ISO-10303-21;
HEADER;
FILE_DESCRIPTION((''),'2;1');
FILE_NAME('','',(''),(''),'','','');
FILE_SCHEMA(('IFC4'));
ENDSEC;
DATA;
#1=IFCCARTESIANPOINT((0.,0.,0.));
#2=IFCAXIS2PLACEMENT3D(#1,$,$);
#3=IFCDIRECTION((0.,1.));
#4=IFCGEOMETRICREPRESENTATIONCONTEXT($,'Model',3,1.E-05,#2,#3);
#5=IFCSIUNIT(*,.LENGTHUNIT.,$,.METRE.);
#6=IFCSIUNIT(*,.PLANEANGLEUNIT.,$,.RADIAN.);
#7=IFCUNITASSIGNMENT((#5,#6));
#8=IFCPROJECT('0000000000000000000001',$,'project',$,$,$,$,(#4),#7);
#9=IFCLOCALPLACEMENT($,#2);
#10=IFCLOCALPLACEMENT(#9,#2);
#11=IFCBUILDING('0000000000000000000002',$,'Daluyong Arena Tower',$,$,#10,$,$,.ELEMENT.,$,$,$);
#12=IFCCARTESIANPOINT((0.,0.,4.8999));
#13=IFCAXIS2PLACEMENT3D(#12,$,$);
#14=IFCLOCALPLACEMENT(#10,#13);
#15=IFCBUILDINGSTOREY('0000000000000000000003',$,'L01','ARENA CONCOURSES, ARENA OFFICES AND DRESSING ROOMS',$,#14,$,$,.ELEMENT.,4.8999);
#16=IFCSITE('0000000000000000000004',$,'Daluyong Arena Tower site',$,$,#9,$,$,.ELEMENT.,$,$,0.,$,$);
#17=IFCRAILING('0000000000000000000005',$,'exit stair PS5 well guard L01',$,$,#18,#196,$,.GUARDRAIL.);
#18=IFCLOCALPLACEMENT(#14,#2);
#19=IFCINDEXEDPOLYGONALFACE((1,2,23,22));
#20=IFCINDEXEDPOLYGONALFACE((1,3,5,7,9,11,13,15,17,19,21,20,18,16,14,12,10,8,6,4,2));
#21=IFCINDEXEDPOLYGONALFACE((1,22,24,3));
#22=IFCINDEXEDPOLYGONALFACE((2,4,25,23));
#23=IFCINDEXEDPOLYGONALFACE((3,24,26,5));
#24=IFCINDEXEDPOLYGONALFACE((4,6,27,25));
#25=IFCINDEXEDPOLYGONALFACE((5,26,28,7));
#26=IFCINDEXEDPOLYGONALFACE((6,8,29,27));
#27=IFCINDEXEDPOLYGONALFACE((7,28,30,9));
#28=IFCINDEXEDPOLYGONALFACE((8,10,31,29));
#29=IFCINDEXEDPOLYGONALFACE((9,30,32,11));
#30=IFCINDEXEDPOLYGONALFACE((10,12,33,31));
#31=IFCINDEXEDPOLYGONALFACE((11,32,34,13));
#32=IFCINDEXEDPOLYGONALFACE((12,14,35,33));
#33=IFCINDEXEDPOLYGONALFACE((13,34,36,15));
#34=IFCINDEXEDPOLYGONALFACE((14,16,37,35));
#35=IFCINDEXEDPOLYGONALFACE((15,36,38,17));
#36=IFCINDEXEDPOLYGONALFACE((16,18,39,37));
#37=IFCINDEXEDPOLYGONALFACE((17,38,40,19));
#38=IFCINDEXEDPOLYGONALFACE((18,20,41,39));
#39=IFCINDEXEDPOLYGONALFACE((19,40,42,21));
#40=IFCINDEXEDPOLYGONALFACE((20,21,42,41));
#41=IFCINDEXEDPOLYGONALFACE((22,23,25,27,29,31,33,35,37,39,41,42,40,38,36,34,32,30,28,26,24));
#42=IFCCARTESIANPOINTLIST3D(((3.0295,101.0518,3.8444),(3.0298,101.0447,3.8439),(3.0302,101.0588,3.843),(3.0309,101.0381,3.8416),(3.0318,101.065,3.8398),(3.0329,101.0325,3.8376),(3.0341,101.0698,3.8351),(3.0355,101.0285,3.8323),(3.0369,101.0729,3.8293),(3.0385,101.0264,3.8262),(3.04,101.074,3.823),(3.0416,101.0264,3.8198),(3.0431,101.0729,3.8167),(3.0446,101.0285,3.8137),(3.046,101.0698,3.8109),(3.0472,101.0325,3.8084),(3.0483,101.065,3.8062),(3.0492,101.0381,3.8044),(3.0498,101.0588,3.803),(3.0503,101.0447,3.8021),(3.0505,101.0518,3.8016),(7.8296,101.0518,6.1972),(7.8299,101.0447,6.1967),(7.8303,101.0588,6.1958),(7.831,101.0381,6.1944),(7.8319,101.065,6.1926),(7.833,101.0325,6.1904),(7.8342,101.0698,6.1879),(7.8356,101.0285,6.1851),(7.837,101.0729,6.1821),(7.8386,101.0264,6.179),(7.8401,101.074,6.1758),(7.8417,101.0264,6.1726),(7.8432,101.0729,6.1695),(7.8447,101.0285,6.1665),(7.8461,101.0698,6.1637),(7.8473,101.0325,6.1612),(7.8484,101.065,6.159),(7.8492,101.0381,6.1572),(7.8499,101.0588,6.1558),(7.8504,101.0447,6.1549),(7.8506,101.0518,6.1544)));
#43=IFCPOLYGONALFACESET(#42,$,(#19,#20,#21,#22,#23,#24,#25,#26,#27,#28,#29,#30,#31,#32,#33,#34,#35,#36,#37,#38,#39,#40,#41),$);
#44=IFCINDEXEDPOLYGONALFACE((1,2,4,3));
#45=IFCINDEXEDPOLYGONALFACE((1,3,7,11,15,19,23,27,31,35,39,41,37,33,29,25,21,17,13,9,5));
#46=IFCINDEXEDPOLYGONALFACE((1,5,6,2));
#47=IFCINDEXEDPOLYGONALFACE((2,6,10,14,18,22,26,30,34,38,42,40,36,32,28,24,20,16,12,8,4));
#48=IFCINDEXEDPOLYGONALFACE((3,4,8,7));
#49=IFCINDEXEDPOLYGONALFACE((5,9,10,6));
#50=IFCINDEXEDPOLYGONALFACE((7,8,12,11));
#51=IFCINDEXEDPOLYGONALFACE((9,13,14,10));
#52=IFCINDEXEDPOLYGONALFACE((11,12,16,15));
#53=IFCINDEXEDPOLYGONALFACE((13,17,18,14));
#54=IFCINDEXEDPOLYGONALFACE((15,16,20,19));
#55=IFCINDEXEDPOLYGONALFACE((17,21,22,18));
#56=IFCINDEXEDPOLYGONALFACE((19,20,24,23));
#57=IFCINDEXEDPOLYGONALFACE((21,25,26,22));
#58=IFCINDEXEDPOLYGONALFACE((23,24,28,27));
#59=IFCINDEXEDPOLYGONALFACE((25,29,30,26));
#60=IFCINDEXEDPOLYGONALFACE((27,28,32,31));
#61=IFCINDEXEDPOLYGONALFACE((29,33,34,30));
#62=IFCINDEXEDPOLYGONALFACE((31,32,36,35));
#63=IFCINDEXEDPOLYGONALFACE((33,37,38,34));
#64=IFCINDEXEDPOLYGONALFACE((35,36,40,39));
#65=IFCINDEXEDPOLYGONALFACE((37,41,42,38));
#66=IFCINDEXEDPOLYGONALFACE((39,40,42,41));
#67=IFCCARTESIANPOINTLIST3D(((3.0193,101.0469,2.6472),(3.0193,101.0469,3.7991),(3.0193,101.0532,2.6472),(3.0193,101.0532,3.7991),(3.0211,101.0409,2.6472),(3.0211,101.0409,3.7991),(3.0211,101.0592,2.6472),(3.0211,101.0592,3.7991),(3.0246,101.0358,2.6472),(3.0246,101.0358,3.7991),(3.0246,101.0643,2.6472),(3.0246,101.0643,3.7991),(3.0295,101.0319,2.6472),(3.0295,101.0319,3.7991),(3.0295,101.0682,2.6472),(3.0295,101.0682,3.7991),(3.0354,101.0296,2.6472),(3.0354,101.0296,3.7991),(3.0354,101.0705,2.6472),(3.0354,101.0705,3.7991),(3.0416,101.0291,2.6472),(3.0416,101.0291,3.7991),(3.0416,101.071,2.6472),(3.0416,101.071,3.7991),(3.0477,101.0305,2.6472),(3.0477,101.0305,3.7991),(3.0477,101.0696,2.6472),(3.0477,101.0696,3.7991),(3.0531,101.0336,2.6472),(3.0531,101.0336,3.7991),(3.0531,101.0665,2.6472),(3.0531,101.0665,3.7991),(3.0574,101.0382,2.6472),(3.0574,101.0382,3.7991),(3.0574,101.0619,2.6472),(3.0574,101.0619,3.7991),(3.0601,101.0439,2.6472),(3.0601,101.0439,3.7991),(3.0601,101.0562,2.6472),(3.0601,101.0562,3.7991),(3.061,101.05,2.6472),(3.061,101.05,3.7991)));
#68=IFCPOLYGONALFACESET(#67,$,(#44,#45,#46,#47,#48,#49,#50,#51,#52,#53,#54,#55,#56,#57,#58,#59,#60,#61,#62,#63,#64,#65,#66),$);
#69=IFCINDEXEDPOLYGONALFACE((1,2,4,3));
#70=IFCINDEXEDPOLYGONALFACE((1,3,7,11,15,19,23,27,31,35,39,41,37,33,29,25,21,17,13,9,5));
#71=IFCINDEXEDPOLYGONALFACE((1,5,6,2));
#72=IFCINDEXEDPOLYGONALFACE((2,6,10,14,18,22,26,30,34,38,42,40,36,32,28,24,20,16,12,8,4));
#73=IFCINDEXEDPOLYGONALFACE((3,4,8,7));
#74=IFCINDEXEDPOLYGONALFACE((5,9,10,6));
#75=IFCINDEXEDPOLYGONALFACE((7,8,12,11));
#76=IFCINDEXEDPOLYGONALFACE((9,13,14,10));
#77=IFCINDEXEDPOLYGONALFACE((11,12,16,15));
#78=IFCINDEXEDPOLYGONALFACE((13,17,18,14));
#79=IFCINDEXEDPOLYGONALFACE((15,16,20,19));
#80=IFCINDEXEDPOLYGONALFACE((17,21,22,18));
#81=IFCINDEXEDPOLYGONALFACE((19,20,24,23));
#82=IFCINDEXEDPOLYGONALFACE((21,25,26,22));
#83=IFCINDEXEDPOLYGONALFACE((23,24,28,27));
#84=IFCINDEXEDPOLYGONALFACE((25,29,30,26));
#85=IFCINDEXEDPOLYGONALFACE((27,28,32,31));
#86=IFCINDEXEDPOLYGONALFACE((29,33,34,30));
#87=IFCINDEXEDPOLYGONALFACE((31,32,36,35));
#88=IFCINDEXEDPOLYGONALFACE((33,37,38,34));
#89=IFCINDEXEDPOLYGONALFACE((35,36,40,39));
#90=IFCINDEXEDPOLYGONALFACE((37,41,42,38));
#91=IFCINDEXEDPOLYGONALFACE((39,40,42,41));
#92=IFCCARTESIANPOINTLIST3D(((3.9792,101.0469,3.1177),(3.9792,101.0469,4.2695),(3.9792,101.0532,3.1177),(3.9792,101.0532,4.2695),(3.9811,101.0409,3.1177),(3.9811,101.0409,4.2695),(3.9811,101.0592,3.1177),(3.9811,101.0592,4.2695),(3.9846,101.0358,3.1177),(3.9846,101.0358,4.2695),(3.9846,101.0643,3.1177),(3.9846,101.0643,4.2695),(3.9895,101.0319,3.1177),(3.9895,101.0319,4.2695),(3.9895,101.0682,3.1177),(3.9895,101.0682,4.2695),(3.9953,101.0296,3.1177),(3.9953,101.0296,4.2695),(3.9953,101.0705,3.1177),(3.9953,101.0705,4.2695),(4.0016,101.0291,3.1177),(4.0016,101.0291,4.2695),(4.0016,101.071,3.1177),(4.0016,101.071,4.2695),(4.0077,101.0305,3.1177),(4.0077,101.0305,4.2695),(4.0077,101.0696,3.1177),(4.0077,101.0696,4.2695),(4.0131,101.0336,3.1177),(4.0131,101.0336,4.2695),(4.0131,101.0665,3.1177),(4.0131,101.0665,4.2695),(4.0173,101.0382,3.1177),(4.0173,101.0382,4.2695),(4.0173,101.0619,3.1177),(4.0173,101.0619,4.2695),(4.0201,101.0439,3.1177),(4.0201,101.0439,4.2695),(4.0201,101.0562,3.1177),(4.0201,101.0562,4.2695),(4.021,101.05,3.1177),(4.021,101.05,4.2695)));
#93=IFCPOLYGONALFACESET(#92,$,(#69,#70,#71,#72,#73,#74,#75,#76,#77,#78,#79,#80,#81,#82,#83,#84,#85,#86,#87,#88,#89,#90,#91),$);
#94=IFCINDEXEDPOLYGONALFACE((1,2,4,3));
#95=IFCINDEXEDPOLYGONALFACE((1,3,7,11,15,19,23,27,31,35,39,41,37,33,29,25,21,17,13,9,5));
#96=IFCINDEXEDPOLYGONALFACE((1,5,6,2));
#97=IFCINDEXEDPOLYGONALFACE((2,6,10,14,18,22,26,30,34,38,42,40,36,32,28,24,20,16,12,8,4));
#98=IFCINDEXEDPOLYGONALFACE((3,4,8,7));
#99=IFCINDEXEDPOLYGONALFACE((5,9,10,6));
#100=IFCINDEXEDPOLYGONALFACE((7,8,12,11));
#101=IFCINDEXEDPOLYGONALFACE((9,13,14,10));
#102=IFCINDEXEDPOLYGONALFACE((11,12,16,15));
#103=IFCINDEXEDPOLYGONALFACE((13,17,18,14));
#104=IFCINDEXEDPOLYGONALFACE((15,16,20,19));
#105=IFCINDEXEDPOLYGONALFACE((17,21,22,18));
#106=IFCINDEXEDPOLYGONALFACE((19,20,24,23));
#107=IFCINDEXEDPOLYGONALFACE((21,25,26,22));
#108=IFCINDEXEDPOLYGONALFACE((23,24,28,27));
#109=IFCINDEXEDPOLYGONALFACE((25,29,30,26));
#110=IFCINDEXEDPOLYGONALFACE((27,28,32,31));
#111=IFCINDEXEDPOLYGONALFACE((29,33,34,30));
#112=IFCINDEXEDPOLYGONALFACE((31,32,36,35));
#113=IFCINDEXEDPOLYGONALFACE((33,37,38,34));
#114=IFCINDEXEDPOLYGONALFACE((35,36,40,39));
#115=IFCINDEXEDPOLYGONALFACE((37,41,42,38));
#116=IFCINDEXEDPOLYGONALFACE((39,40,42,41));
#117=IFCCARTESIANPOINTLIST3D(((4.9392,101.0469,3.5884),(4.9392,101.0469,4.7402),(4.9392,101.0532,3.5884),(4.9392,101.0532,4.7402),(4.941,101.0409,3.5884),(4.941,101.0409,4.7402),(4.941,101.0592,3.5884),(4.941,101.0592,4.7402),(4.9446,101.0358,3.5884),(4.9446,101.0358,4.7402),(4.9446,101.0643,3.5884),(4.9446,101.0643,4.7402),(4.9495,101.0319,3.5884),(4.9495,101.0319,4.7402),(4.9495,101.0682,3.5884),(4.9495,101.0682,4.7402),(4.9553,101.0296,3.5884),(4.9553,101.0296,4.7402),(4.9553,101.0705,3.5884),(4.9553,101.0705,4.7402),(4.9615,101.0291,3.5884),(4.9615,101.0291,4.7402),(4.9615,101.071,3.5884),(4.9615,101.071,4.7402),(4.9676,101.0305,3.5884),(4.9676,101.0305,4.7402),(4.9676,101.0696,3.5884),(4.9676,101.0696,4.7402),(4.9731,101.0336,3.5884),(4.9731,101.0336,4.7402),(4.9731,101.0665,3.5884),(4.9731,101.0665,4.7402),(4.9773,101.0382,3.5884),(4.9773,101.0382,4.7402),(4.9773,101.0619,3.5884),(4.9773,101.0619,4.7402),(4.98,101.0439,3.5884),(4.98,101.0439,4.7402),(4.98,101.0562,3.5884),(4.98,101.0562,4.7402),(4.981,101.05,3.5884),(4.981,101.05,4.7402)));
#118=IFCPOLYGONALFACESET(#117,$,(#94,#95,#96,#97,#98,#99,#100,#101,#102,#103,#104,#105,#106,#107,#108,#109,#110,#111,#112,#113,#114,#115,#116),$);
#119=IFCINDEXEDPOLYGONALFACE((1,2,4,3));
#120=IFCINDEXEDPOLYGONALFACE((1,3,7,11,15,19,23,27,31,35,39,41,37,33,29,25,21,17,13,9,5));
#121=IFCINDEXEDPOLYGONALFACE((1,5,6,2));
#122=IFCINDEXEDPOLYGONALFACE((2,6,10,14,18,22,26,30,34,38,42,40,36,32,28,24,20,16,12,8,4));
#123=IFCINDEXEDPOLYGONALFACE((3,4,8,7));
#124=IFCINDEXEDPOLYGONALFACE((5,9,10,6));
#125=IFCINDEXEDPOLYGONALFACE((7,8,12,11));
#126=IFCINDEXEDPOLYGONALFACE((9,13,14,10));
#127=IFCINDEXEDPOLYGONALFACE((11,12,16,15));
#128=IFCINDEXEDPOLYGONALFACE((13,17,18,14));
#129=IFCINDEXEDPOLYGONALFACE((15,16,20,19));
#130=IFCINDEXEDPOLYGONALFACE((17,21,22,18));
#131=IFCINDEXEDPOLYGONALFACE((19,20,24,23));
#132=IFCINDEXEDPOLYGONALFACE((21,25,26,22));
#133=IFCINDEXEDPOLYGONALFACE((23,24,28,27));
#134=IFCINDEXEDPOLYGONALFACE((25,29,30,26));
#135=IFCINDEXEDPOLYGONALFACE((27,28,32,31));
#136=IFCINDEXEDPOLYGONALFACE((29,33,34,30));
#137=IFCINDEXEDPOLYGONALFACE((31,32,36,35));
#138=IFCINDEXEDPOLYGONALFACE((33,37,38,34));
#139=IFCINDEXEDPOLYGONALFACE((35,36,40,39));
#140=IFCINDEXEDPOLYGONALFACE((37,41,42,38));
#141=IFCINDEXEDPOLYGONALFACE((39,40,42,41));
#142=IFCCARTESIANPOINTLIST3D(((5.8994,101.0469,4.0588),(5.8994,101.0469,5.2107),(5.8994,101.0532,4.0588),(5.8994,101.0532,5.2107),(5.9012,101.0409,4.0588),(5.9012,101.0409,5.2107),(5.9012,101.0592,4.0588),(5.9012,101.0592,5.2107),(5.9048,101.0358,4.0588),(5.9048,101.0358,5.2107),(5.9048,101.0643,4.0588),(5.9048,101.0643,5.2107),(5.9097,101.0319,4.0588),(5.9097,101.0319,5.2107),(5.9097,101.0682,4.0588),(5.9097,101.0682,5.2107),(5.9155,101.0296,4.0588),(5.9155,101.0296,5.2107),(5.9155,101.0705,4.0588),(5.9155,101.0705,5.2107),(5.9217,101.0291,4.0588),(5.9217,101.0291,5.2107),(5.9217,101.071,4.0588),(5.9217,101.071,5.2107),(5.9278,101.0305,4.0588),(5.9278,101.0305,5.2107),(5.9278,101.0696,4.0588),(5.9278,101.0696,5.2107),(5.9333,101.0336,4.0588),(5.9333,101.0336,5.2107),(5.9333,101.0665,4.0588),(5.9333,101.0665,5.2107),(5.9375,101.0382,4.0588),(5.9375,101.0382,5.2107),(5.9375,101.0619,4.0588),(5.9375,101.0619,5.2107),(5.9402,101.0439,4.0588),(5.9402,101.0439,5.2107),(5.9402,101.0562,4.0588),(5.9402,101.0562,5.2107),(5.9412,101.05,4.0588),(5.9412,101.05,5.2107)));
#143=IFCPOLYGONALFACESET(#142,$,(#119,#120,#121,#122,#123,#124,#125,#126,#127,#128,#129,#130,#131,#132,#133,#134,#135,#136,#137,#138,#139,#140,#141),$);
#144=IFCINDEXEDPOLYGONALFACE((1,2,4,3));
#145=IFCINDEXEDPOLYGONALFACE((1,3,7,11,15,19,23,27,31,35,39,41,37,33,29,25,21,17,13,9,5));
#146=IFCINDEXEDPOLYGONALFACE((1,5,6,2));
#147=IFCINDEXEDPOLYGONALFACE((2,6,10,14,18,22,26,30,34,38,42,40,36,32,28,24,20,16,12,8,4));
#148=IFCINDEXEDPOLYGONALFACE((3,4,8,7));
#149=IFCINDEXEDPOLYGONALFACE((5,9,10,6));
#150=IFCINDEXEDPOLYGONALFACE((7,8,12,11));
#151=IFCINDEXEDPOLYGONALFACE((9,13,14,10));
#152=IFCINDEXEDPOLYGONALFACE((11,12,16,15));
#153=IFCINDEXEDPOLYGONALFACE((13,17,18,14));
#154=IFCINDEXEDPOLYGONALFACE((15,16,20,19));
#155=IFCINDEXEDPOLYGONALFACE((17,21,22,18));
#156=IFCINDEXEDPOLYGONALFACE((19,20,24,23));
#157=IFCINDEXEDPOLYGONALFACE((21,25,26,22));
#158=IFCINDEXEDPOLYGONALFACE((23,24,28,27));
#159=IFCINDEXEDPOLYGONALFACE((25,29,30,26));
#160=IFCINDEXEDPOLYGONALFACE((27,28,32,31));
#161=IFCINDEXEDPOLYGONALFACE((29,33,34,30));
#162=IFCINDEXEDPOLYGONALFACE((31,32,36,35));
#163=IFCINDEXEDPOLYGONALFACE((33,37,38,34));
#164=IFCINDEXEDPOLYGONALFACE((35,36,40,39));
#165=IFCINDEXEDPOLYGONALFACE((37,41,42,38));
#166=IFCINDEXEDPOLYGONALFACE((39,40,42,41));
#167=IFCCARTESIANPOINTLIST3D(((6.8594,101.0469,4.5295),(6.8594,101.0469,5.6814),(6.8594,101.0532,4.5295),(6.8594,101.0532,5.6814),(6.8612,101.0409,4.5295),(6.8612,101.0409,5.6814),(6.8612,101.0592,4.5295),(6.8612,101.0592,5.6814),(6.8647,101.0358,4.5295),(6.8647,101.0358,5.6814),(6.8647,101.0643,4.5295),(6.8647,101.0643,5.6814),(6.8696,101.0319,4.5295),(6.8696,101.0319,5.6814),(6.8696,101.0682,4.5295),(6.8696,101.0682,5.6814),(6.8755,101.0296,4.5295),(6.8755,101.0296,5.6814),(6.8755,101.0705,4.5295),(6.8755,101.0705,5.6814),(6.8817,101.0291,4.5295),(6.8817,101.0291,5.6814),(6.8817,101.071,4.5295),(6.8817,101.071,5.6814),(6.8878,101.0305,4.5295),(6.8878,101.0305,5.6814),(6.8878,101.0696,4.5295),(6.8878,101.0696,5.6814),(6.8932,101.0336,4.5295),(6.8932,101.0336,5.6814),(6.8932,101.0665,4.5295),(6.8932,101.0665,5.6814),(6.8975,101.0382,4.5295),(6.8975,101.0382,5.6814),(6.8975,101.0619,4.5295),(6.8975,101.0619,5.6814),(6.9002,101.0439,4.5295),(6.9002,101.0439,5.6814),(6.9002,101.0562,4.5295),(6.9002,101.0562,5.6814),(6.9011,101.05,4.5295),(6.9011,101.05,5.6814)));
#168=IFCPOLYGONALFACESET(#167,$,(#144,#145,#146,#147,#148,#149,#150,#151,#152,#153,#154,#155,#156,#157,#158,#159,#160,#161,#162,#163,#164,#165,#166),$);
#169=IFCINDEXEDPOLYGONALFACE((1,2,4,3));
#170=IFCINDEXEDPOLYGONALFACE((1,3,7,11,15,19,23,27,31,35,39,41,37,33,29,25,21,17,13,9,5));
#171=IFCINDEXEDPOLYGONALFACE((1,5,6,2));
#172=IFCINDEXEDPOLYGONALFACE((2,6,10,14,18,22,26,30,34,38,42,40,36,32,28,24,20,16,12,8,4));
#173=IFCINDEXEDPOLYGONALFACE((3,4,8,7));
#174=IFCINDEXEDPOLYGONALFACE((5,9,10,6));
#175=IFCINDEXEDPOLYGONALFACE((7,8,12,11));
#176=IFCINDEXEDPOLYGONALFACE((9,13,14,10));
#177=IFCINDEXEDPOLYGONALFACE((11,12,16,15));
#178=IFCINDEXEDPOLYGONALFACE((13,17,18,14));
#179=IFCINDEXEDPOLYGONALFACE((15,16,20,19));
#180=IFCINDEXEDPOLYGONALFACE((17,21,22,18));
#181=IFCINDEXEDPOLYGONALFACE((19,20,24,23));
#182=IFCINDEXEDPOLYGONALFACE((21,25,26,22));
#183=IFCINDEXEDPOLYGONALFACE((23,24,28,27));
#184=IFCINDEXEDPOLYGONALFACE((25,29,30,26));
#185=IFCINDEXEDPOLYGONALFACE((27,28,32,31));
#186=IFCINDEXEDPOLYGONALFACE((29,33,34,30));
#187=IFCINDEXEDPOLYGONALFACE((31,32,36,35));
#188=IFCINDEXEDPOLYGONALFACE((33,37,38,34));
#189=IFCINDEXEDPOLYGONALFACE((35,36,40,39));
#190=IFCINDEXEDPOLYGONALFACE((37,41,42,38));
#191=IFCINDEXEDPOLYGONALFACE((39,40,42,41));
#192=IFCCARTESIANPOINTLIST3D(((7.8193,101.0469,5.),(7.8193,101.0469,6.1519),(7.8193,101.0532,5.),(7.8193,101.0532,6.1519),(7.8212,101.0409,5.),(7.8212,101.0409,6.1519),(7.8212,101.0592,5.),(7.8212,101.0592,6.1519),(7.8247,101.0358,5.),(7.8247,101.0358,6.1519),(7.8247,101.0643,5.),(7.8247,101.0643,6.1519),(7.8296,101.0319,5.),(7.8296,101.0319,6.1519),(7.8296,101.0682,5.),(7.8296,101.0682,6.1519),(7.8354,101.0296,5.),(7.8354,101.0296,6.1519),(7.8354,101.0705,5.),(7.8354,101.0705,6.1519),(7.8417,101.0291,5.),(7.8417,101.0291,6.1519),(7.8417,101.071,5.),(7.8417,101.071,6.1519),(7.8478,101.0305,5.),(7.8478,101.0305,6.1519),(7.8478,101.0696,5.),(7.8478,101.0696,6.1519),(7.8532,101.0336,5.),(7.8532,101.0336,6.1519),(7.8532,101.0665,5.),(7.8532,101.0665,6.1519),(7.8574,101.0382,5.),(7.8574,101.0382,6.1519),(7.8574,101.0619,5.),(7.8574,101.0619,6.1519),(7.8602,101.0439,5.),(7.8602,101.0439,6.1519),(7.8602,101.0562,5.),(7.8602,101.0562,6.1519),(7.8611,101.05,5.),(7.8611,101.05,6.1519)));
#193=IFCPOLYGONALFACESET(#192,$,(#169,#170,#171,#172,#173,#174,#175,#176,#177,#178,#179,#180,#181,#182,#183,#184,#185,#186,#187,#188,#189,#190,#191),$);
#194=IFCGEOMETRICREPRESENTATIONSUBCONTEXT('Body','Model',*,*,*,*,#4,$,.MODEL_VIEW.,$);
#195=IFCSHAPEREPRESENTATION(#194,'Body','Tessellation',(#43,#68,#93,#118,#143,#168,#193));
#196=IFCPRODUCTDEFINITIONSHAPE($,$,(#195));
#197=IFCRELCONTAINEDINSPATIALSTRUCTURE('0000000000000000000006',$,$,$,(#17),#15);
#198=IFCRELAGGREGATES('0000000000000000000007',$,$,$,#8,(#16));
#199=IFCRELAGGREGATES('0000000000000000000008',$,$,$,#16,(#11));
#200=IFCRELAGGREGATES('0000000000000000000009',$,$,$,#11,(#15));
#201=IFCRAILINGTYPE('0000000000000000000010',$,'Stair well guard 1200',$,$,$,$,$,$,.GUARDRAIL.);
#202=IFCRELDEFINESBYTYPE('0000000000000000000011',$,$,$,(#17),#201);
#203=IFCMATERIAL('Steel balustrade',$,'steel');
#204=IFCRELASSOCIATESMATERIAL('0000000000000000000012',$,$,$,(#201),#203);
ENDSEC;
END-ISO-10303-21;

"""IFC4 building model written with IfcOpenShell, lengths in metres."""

from ifc_helpers import new_model, si_unit, direction, frame, origin, origin_2d, place, context, subcontext, project, spatial, circle, extrude, material, type_object, element, save


model = new_model("IFC4")

# Units and contexts
model_context = context("Model", 3, precision=1e-05, world=origin(), true_north=direction((0.0, 1.0)))
body_context = subcontext(model_context, "Body", "Model", "MODEL_VIEW")
ifc_project = project(units=[si_unit("LENGTHUNIT", "METRE"), si_unit("PLANEANGLEUNIT", "RADIAN")], contexts=[model_context])

# Site, building, storey
site_placement = place(None, origin())
site = spatial("IfcSite", under=ifc_project, at=site_placement, Name="Daluyong Arena Tower site", CompositionType="ELEMENT", RefElevation=0.0)
building_placement = place(site_placement, origin())
building = spatial("IfcBuilding", under=site, at=building_placement, Name="Daluyong Arena Tower", CompositionType="ELEMENT")
storey_placement = place(building_placement, frame((0.0, 0.0, 4.8999)))
storey = spatial("IfcBuildingStorey", under=building, at=storey_placement, Name="L01", Description="ARENA CONCOURSES, ARENA OFFICES AND DRESSING ROOMS", CompositionType="ELEMENT", Elevation=4.8999)

# Railing
ifc_material_1 = material(Name="Steel balustrade", Category="steel")
railing_type_1 = type_object("IfcRailingType", Name="Stair well guard 1200", PredefinedType="GUARDRAIL", material=ifc_material_1)
railing_1_placement = place(storey_placement, frame((3.04, 101.05, 2.6472)))
element("IfcRailing", 1, at=railing_1_placement, inside=storey, type_object=railing_type_1, Name="exit stair PS5 well guard L01", PredefinedType="GUARDRAIL", context=body_context, shape_type="SweptSolid", body=[
    extrude(circle(Radius=0.0239, at=origin_2d()), frame((0.0, 0.0, 1.1758), z_axis=(0.897934, 0.0, 0.44013), x_axis=(0.0, 1.0, 0.0)), (0.0, 0.0, 1.0), 5.3457),
    extrude(circle(Radius=0.021, at=origin_2d()), origin(), (0.0, 0.0, 1.0), 1.1519),
    extrude(circle(Radius=0.021, at=origin_2d()), frame((0.96, 0.0, 0.4705)), (0.0, 0.0, 1.0), 1.1519),
    extrude(circle(Radius=0.021, at=origin_2d()), frame((1.9199, 0.0, 0.9412)), (0.0, 0.0, 1.0), 1.1519),
    extrude(circle(Radius=0.021, at=origin_2d()), frame((2.8801, 0.0, 1.4116)), (0.0, 0.0, 1.0), 1.1519),
    extrude(circle(Radius=0.021, at=origin_2d()), frame((3.8401, 0.0, 1.8823)), (0.0, 0.0, 1.0), 1.1519),
    extrude(circle(Radius=0.021, at=origin_2d()), frame((4.8, 0.0, 2.3528)), (0.0, 0.0, 1.0), 1.1519),
])

save(model, "model.ifc")
